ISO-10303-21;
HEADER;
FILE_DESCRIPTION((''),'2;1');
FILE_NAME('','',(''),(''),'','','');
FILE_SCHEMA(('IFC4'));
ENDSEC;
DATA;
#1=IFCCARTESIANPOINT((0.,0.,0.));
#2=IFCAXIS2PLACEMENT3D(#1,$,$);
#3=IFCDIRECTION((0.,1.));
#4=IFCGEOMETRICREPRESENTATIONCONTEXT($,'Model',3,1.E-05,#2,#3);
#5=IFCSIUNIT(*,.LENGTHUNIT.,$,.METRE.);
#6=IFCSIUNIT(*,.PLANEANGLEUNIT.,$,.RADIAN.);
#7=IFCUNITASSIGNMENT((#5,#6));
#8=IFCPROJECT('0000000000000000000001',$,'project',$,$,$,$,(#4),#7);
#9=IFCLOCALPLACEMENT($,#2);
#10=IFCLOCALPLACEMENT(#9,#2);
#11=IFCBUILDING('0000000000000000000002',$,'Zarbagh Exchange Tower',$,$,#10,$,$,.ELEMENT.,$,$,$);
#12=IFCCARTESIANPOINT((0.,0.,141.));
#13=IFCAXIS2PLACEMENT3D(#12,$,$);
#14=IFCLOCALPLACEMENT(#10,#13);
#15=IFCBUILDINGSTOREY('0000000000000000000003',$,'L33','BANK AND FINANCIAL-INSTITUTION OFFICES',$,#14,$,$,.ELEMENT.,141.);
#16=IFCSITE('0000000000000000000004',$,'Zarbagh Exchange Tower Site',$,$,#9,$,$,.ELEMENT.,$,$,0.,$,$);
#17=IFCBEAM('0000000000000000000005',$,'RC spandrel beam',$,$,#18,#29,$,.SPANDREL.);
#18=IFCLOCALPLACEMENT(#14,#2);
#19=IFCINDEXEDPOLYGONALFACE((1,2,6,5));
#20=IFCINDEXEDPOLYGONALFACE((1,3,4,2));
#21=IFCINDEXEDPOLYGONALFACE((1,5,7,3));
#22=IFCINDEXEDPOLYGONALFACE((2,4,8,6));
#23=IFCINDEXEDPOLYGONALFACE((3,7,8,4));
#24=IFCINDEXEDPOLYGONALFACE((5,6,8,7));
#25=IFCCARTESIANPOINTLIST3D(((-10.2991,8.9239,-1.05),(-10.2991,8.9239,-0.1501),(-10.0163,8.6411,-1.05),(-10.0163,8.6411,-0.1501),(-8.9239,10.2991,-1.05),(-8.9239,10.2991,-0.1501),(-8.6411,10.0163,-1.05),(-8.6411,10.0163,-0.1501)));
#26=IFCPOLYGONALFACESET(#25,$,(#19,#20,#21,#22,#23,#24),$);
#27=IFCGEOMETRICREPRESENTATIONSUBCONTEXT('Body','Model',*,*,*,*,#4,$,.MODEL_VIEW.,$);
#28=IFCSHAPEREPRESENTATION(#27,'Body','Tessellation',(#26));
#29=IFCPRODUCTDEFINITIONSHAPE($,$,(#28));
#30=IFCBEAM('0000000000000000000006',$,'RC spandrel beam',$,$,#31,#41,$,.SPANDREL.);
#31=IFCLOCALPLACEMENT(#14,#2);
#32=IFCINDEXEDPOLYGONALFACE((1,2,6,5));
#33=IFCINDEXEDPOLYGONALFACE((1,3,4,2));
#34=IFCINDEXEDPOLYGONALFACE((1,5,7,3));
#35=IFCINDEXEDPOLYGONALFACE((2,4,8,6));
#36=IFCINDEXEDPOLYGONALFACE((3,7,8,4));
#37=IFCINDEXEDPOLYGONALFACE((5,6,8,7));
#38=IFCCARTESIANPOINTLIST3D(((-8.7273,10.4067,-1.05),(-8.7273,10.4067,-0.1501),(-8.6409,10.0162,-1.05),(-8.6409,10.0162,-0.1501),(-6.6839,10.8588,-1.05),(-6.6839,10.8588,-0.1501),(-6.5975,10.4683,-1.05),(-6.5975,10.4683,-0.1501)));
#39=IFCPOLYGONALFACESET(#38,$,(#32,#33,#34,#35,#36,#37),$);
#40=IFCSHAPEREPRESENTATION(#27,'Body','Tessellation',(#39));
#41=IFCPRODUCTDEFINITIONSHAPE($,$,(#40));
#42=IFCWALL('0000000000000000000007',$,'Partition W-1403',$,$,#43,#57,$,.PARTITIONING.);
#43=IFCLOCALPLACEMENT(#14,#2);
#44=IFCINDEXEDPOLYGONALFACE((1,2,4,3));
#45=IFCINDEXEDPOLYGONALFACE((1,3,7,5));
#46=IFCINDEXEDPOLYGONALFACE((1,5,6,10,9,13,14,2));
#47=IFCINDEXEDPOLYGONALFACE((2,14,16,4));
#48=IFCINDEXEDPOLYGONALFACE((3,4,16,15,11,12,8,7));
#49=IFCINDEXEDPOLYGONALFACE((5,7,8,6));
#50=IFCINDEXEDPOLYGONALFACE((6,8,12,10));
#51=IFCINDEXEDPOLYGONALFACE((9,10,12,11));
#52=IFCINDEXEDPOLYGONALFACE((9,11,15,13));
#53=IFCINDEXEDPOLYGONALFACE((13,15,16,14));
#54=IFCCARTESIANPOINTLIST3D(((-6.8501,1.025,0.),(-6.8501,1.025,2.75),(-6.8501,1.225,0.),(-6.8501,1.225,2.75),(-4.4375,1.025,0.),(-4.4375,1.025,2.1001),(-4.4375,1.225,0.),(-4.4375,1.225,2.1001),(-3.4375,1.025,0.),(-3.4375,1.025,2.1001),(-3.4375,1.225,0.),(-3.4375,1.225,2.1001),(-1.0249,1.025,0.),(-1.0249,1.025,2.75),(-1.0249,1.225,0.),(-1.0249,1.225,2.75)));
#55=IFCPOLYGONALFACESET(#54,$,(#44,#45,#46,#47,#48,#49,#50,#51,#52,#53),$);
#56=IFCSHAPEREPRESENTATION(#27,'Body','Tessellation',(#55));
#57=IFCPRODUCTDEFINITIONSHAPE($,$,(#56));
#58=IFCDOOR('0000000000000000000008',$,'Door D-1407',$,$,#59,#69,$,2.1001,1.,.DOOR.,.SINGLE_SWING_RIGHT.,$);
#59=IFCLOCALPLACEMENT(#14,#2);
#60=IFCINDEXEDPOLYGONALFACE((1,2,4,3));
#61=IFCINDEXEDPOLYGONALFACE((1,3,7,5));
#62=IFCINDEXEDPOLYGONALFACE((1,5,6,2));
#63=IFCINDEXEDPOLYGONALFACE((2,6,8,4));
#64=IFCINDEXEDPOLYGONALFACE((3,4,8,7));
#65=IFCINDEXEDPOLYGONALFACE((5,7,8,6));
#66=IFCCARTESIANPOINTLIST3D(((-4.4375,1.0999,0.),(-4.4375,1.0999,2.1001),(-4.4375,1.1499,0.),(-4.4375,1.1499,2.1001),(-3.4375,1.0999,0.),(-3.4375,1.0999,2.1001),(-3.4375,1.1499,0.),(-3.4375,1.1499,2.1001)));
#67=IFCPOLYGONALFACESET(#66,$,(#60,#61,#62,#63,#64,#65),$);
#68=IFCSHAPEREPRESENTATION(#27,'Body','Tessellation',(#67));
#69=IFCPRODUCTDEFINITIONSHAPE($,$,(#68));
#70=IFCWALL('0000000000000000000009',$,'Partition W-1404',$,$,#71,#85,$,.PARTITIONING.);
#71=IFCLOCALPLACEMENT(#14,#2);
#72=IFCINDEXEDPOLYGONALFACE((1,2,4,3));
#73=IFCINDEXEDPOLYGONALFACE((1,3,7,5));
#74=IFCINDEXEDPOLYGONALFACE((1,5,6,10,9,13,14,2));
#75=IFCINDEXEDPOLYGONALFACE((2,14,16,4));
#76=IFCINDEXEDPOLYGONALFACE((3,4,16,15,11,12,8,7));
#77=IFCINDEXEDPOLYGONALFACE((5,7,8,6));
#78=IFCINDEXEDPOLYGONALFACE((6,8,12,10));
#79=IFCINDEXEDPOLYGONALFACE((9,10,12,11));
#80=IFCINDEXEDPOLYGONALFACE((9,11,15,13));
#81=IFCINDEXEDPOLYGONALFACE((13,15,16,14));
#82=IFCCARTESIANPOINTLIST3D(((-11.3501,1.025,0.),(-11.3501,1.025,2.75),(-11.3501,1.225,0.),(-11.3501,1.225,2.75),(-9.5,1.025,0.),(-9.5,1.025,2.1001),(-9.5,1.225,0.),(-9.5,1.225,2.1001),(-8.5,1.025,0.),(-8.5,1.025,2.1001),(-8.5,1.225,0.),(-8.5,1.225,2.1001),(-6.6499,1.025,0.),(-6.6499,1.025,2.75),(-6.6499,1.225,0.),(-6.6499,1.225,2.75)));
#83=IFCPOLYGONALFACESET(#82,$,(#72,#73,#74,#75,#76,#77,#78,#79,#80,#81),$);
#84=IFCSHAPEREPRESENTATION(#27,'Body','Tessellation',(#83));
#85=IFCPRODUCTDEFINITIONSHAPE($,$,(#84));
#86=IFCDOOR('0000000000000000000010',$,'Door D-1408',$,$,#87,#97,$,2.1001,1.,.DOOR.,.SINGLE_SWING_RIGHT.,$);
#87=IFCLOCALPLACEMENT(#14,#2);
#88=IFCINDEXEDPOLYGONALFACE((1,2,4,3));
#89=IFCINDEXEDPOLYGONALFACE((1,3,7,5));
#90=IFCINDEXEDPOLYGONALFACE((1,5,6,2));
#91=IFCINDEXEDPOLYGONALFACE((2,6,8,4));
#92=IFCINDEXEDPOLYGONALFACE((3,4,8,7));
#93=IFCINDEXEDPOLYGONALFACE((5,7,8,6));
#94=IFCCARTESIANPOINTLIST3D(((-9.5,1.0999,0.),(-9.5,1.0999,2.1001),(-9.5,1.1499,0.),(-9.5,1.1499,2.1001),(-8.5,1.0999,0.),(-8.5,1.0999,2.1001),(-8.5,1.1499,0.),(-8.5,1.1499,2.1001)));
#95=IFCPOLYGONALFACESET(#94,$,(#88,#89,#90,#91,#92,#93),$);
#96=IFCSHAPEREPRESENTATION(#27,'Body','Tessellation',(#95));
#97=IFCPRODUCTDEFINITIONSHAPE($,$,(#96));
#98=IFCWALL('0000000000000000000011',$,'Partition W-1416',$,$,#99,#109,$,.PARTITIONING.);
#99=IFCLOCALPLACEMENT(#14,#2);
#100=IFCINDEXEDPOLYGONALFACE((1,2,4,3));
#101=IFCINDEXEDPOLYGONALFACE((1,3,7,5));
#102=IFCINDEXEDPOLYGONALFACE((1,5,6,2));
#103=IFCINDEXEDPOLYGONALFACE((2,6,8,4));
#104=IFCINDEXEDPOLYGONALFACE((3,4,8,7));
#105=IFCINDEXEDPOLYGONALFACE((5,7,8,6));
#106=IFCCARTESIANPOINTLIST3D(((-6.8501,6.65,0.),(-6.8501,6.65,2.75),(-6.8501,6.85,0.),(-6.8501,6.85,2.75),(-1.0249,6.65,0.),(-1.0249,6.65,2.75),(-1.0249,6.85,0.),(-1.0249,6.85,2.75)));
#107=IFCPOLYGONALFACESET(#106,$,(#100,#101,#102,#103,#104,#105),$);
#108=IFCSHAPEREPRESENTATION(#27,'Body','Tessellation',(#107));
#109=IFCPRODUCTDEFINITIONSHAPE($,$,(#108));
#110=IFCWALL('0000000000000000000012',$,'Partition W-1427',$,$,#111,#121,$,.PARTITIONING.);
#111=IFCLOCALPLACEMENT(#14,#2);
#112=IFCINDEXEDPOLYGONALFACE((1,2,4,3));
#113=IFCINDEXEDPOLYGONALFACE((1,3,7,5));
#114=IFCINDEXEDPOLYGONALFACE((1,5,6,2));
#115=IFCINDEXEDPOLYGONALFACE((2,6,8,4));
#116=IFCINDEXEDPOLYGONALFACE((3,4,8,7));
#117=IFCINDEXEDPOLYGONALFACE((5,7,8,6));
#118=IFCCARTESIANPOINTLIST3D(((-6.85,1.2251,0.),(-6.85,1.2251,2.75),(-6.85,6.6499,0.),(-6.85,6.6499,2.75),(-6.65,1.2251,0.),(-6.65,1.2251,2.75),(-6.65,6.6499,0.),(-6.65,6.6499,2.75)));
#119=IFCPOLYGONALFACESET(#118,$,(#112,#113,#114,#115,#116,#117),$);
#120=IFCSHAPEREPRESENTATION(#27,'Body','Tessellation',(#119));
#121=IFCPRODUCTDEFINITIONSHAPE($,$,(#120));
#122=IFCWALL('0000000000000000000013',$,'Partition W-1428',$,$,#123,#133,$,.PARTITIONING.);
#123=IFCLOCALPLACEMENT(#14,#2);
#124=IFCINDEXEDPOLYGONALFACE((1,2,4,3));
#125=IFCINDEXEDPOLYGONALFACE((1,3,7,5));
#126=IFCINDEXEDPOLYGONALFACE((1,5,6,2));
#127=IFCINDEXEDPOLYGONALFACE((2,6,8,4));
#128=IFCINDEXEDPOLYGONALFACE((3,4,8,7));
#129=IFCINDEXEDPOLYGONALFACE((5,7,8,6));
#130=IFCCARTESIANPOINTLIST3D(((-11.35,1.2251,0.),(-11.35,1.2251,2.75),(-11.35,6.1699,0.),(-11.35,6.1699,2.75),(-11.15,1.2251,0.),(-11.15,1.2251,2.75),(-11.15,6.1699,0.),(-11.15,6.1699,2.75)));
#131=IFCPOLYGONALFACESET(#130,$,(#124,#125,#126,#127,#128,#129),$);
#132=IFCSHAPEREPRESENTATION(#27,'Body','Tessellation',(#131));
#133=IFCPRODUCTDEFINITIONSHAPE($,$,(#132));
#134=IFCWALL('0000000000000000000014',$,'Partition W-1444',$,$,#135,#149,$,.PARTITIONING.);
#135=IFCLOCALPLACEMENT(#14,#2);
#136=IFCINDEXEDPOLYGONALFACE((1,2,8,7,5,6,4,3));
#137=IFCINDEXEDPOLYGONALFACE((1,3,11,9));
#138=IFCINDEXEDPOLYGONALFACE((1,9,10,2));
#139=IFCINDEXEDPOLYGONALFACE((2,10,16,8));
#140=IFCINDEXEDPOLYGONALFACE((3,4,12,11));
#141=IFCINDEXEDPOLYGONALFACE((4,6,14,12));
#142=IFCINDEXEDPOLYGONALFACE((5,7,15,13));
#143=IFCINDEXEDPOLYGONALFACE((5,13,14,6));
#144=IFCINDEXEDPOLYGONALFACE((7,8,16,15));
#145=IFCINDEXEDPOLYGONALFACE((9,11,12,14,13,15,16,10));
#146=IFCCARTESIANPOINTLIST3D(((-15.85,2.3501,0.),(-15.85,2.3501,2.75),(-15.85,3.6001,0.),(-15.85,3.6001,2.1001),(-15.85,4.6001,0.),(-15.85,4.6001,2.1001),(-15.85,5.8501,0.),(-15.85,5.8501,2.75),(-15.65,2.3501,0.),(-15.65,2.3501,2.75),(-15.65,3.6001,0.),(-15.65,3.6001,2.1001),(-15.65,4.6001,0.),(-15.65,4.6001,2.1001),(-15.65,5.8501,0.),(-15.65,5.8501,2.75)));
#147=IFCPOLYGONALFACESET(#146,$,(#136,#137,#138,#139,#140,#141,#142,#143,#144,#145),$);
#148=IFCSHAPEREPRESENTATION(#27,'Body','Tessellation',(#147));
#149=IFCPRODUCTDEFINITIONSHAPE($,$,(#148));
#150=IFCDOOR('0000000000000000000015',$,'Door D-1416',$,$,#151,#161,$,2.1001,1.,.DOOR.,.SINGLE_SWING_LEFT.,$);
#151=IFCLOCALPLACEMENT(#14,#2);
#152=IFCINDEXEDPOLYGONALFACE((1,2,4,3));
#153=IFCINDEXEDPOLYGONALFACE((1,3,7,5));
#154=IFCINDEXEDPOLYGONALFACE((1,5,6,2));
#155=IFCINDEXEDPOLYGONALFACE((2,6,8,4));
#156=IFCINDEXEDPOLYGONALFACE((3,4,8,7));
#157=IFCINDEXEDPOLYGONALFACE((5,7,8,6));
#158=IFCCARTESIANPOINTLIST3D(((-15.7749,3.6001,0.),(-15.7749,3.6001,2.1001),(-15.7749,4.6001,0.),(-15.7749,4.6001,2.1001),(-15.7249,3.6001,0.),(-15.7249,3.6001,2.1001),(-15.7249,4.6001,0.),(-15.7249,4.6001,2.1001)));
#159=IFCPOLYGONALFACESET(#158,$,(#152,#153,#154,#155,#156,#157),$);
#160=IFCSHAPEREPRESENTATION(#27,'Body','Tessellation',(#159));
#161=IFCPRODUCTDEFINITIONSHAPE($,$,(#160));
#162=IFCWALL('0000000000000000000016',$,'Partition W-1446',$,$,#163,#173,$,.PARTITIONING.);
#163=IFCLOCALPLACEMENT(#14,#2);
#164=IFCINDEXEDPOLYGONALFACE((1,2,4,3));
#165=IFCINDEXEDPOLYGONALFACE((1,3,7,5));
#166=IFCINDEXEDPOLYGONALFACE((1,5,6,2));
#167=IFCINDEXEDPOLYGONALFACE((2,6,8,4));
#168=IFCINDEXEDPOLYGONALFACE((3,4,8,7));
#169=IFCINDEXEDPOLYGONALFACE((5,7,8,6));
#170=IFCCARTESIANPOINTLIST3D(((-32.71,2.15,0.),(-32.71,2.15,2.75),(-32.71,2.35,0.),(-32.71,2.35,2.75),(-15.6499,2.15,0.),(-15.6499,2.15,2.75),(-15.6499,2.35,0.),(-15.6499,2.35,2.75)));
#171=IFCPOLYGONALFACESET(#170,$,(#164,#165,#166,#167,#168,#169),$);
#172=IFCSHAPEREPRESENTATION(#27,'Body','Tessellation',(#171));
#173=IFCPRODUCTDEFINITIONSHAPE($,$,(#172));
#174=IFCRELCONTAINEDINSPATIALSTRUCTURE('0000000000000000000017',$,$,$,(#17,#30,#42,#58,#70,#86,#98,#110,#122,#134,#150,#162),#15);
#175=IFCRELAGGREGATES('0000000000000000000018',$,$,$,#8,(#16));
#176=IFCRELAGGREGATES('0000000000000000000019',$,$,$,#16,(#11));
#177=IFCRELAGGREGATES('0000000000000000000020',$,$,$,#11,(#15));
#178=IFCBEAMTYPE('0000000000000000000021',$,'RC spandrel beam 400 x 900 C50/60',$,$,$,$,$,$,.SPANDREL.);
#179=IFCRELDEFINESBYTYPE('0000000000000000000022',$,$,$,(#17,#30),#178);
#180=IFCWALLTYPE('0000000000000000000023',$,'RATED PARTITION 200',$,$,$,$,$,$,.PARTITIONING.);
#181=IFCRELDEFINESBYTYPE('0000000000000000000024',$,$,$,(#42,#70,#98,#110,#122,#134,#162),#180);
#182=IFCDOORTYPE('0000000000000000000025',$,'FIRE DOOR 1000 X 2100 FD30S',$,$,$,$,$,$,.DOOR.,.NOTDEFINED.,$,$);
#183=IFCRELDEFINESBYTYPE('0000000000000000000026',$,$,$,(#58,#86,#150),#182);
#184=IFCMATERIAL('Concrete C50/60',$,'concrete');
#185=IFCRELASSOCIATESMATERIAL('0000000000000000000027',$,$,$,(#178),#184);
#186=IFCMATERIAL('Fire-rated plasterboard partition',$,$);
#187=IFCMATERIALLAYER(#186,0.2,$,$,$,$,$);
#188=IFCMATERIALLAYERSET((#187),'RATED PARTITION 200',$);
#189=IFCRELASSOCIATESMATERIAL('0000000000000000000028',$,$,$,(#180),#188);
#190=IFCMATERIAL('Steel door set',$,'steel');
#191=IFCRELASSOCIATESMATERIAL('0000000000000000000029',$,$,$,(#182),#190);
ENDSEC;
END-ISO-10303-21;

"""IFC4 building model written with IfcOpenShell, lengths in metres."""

from ifc_helpers import new_model, si_unit, direction, frame, frame_2d, origin, origin_2d, place, context, subcontext, project, spatial, rectangle, extrude, material, layer, layer_set, material_profile, profile_set, type_object, element, fill, save


model = new_model("IFC4")

# Units and contexts
model_context = context("Model", 3, precision=1e-05, world=origin(), true_north=direction((0.0, 1.0)))
body_context = subcontext(model_context, "Body", "Model", "MODEL_VIEW")
ifc_project = project(units=[si_unit("LENGTHUNIT", "METRE"), si_unit("PLANEANGLEUNIT", "RADIAN")], contexts=[model_context])

# Site, building, storey
site_placement = place(None, origin())
site = spatial("IfcSite", under=ifc_project, at=site_placement, Name="Zarbagh Exchange Tower Site", CompositionType="ELEMENT", RefElevation=0.0)
building_placement = place(site_placement, origin())
building = spatial("IfcBuilding", under=site, at=building_placement, Name="Zarbagh Exchange Tower", CompositionType="ELEMENT")
storey_placement = place(building_placement, frame((0.0, 0.0, 141.0)))
storey = spatial("IfcBuildingStorey", under=building, at=storey_placement, Name="L33", Description="BANK AND FINANCIAL-INSTITUTION OFFICES", CompositionType="ELEMENT", Elevation=141.0)

# Shared definitions
ifc_material_1 = material(Name="Concrete C50/60", Category="concrete")

# Beams
ifc_material_profile_1 = material_profile(ifc_material_1, rectangle(XDim=0.3999, YDim=0.8999, at=origin_2d()), Name="RC spandrel beam 400 x 900 C50/60")
ifc_profile_set_1 = profile_set([ifc_material_profile_1], Name="Concrete C50/60")
beam_type_1 = type_object("IfcBeamType", Name="RC spandrel beam 400 x 900 C50/60", PredefinedType="SPANDREL", material=ifc_profile_set_1)
beam_1_placement = place(storey_placement, frame((-10.1577, 8.7825, -0.6001), z_axis=(0.707107, 0.707107, 0.0), x_axis=(-0.707107, 0.707107, 0.0)))
element("IfcBeam", 1, at=beam_1_placement, inside=storey, type_object=beam_type_1, Name="RC spandrel beam", PredefinedType="SPANDREL", context=body_context, shape_type="SweptSolid", body=[
    extrude(rectangle(XDim=0.3999, YDim=0.8999, at=origin_2d()), origin(), (0.0, 0.0, 1.0), 1.9448),
])
beam_2_placement = place(storey_placement, frame((-8.6841, 10.2114, -0.6001), z_axis=(0.976384, 0.216041, 0.0), x_axis=(-0.216041, 0.976384, 0.0)))
element("IfcBeam", 2, at=beam_2_placement, inside=storey, type_object=beam_type_1, Name="RC spandrel beam", PredefinedType="SPANDREL", context=body_context, shape_type="SweptSolid", body=[
    extrude(rectangle(XDim=0.3999, YDim=0.8999, at=origin_2d()), origin(), (0.0, 0.0, 1.0), 2.0928),
])

# Walls, openings, doors
ifc_material_2 = material(Name="Fire-rated plasterboard partition")
ifc_layer = layer(ifc_material_2, 0.2)
ifc_layer_set = layer_set([ifc_layer], Name="RATED PARTITION 200")
wall_type = type_object("IfcWallType", Name="RATED PARTITION 200", PredefinedType="PARTITIONING", material=ifc_layer_set)
wall_1_placement = place(storey_placement, frame((-6.8501, 1.125, 0.0), z_axis=(0.0, 0.0, 1.0), x_axis=(1.0, 0.0, 0.0)))
wall_1 = element("IfcWall", 3, at=wall_1_placement, inside=storey, type_object=wall_type, Name="Partition W-1403", PredefinedType="PARTITIONING", context=body_context, shape_type="SweptSolid", body=[
    extrude(rectangle(XDim=5.8252, YDim=0.2, at=frame_2d((2.9126, 0.0))), origin(), (0.0, 0.0, 1.0), 2.75),
])
opening_1_placement = place(wall_1_placement, frame((2.4126, 0.0, 0.0)))
opening_1 = element("IfcOpeningElement", 4, at=opening_1_placement, cuts=wall_1, PredefinedType="OPENING", context=body_context, shape_type="SweptSolid", body=[
    extrude(rectangle(XDim=1.0, YDim=2.1001, at=frame_2d((0.5, 1.05))), frame((0.0, 0.1099, 0.0), z_axis=(0.0, -1.0, 0.0), x_axis=(1.0, 0.0, 0.0)), (0.0, 0.0, 1.0), 0.22),
])
ifc_material_3 = material(Name="Steel door set", Category="steel")
door_type = type_object("IfcDoorType", Name="FIRE DOOR 1000 X 2100 FD30S", OperationType="NOTDEFINED", PredefinedType="DOOR", material=ifc_material_3)
door_1_placement = place(opening_1_placement, origin())
door_1 = element("IfcDoor", 5, at=door_1_placement, inside=storey, type_object=door_type, Name="Door D-1407", OperationType="SINGLE_SWING_RIGHT", OverallHeight=2.1001, OverallWidth=1.0, PredefinedType="DOOR", context=body_context, shape_type="SweptSolid", body=[
    extrude(rectangle(XDim=1.0, YDim=2.1001, at=frame_2d((0.5, 1.05))), frame((0.0, 0.0249, 0.0), z_axis=(0.0, -1.0, 0.0), x_axis=(1.0, 0.0, 0.0)), (0.0, 0.0, 1.0), 0.05),
])
fill(opening_1, door_1)
wall_2_placement = place(storey_placement, frame((-11.3501, 1.125, 0.0), z_axis=(0.0, 0.0, 1.0), x_axis=(1.0, 0.0, 0.0)))
wall_2 = element("IfcWall", 6, at=wall_2_placement, inside=storey, type_object=wall_type, Name="Partition W-1404", PredefinedType="PARTITIONING", context=body_context, shape_type="SweptSolid", body=[
    extrude(rectangle(XDim=4.7002, YDim=0.2, at=frame_2d((2.3501, 0.0))), origin(), (0.0, 0.0, 1.0), 2.75),
])
opening_2_placement = place(wall_2_placement, frame((1.8501, 0.0, 0.0)))
opening_2 = element("IfcOpeningElement", 7, at=opening_2_placement, cuts=wall_2, PredefinedType="OPENING", context=body_context, shape_type="SweptSolid", body=[
    extrude(rectangle(XDim=1.0, YDim=2.1001, at=frame_2d((0.5, 1.05))), frame((0.0, 0.1099, 0.0), z_axis=(0.0, -1.0, 0.0), x_axis=(1.0, 0.0, 0.0)), (0.0, 0.0, 1.0), 0.22),
])
door_2_placement = place(opening_2_placement, origin())
door_2 = element("IfcDoor", 8, at=door_2_placement, inside=storey, type_object=door_type, Name="Door D-1408", OperationType="SINGLE_SWING_RIGHT", OverallHeight=2.1001, OverallWidth=1.0, PredefinedType="DOOR", context=body_context, shape_type="SweptSolid", body=[
    extrude(rectangle(XDim=1.0, YDim=2.1001, at=frame_2d((0.5, 1.05))), frame((0.0, 0.0249, 0.0), z_axis=(0.0, -1.0, 0.0), x_axis=(1.0, 0.0, 0.0)), (0.0, 0.0, 1.0), 0.05),
])
fill(opening_2, door_2)

# Walls
wall_3_placement = place(storey_placement, frame((-6.8501, 6.75, 0.0), z_axis=(0.0, 0.0, 1.0), x_axis=(1.0, 0.0, 0.0)))
element("IfcWall", 9, at=wall_3_placement, inside=storey, type_object=wall_type, Name="Partition W-1416", PredefinedType="PARTITIONING", context=body_context, shape_type="SweptSolid", body=[
    extrude(rectangle(XDim=5.8252, YDim=0.2, at=frame_2d((2.9126, 0.0))), origin(), (0.0, 0.0, 1.0), 2.75),
])
wall_4_placement = place(storey_placement, frame((-6.75, 1.2251, 0.0), z_axis=(0.0, 0.0, 1.0), x_axis=(0.0, 1.0, 0.0)))
element("IfcWall", 10, at=wall_4_placement, inside=storey, type_object=wall_type, Name="Partition W-1427", PredefinedType="PARTITIONING", context=body_context, shape_type="SweptSolid", body=[
    extrude(rectangle(XDim=5.4248, YDim=0.2, at=frame_2d((2.7124, 0.0))), origin(), (0.0, 0.0, 1.0), 2.75),
])
wall_5_placement = place(storey_placement, frame((-11.25, 1.2251, 0.0), z_axis=(0.0, 0.0, 1.0), x_axis=(0.0, 1.0, 0.0)))
element("IfcWall", 11, at=wall_5_placement, inside=storey, type_object=wall_type, Name="Partition W-1428", PredefinedType="PARTITIONING", context=body_context, shape_type="SweptSolid", body=[
    extrude(rectangle(XDim=4.9448, YDim=0.2, at=frame_2d((2.4724, 0.0))), origin(), (0.0, 0.0, 1.0), 2.75),
])

# Wall, opening, door
wall_6_placement = place(storey_placement, frame((-15.75, 2.3501, 0.0), z_axis=(0.0, 0.0, 1.0), x_axis=(0.0, 1.0, 0.0)))
wall_6 = element("IfcWall", 12, at=wall_6_placement, inside=storey, type_object=wall_type, Name="Partition W-1444", PredefinedType="PARTITIONING", context=body_context, shape_type="SweptSolid", body=[
    extrude(rectangle(XDim=3.5, YDim=0.2, at=frame_2d((1.75, 0.0))), origin(), (0.0, 0.0, 1.0), 2.75),
])
opening_3_placement = place(wall_6_placement, frame((1.25, 0.0, 0.0)))
opening_3 = element("IfcOpeningElement", 13, at=opening_3_placement, cuts=wall_6, PredefinedType="OPENING", context=body_context, shape_type="SweptSolid", body=[
    extrude(rectangle(XDim=1.0, YDim=2.1001, at=frame_2d((0.5, 1.05))), frame((0.0, 0.1099, 0.0), z_axis=(0.0, -1.0, 0.0), x_axis=(1.0, 0.0, 0.0)), (0.0, 0.0, 1.0), 0.22),
])
door_3_placement = place(opening_3_placement, origin())
door_3 = element("IfcDoor", 14, at=door_3_placement, inside=storey, type_object=door_type, Name="Door D-1416", OperationType="SINGLE_SWING_LEFT", OverallHeight=2.1001, OverallWidth=1.0, PredefinedType="DOOR", context=body_context, shape_type="SweptSolid", body=[
    extrude(rectangle(XDim=1.0, YDim=2.1001, at=frame_2d((0.5, 1.05))), frame((0.0, 0.0249, 0.0), z_axis=(0.0, -1.0, 0.0), x_axis=(1.0, 0.0, 0.0)), (0.0, 0.0, 1.0), 0.05),
])
fill(opening_3, door_3)

# Wall
wall_7_placement = place(storey_placement, frame((-32.71, 2.25, 0.0), z_axis=(0.0, 0.0, 1.0), x_axis=(1.0, 0.0, 0.0)))
element("IfcWall", 15, at=wall_7_placement, inside=storey, type_object=wall_type, Name="Partition W-1446", PredefinedType="PARTITIONING", context=body_context, shape_type="SweptSolid", body=[
    extrude(rectangle(XDim=17.0601, YDim=0.2, at=frame_2d((8.53, 0.0))), origin(), (0.0, 0.0, 1.0), 2.75),
])

save(model, "model.ifc")
